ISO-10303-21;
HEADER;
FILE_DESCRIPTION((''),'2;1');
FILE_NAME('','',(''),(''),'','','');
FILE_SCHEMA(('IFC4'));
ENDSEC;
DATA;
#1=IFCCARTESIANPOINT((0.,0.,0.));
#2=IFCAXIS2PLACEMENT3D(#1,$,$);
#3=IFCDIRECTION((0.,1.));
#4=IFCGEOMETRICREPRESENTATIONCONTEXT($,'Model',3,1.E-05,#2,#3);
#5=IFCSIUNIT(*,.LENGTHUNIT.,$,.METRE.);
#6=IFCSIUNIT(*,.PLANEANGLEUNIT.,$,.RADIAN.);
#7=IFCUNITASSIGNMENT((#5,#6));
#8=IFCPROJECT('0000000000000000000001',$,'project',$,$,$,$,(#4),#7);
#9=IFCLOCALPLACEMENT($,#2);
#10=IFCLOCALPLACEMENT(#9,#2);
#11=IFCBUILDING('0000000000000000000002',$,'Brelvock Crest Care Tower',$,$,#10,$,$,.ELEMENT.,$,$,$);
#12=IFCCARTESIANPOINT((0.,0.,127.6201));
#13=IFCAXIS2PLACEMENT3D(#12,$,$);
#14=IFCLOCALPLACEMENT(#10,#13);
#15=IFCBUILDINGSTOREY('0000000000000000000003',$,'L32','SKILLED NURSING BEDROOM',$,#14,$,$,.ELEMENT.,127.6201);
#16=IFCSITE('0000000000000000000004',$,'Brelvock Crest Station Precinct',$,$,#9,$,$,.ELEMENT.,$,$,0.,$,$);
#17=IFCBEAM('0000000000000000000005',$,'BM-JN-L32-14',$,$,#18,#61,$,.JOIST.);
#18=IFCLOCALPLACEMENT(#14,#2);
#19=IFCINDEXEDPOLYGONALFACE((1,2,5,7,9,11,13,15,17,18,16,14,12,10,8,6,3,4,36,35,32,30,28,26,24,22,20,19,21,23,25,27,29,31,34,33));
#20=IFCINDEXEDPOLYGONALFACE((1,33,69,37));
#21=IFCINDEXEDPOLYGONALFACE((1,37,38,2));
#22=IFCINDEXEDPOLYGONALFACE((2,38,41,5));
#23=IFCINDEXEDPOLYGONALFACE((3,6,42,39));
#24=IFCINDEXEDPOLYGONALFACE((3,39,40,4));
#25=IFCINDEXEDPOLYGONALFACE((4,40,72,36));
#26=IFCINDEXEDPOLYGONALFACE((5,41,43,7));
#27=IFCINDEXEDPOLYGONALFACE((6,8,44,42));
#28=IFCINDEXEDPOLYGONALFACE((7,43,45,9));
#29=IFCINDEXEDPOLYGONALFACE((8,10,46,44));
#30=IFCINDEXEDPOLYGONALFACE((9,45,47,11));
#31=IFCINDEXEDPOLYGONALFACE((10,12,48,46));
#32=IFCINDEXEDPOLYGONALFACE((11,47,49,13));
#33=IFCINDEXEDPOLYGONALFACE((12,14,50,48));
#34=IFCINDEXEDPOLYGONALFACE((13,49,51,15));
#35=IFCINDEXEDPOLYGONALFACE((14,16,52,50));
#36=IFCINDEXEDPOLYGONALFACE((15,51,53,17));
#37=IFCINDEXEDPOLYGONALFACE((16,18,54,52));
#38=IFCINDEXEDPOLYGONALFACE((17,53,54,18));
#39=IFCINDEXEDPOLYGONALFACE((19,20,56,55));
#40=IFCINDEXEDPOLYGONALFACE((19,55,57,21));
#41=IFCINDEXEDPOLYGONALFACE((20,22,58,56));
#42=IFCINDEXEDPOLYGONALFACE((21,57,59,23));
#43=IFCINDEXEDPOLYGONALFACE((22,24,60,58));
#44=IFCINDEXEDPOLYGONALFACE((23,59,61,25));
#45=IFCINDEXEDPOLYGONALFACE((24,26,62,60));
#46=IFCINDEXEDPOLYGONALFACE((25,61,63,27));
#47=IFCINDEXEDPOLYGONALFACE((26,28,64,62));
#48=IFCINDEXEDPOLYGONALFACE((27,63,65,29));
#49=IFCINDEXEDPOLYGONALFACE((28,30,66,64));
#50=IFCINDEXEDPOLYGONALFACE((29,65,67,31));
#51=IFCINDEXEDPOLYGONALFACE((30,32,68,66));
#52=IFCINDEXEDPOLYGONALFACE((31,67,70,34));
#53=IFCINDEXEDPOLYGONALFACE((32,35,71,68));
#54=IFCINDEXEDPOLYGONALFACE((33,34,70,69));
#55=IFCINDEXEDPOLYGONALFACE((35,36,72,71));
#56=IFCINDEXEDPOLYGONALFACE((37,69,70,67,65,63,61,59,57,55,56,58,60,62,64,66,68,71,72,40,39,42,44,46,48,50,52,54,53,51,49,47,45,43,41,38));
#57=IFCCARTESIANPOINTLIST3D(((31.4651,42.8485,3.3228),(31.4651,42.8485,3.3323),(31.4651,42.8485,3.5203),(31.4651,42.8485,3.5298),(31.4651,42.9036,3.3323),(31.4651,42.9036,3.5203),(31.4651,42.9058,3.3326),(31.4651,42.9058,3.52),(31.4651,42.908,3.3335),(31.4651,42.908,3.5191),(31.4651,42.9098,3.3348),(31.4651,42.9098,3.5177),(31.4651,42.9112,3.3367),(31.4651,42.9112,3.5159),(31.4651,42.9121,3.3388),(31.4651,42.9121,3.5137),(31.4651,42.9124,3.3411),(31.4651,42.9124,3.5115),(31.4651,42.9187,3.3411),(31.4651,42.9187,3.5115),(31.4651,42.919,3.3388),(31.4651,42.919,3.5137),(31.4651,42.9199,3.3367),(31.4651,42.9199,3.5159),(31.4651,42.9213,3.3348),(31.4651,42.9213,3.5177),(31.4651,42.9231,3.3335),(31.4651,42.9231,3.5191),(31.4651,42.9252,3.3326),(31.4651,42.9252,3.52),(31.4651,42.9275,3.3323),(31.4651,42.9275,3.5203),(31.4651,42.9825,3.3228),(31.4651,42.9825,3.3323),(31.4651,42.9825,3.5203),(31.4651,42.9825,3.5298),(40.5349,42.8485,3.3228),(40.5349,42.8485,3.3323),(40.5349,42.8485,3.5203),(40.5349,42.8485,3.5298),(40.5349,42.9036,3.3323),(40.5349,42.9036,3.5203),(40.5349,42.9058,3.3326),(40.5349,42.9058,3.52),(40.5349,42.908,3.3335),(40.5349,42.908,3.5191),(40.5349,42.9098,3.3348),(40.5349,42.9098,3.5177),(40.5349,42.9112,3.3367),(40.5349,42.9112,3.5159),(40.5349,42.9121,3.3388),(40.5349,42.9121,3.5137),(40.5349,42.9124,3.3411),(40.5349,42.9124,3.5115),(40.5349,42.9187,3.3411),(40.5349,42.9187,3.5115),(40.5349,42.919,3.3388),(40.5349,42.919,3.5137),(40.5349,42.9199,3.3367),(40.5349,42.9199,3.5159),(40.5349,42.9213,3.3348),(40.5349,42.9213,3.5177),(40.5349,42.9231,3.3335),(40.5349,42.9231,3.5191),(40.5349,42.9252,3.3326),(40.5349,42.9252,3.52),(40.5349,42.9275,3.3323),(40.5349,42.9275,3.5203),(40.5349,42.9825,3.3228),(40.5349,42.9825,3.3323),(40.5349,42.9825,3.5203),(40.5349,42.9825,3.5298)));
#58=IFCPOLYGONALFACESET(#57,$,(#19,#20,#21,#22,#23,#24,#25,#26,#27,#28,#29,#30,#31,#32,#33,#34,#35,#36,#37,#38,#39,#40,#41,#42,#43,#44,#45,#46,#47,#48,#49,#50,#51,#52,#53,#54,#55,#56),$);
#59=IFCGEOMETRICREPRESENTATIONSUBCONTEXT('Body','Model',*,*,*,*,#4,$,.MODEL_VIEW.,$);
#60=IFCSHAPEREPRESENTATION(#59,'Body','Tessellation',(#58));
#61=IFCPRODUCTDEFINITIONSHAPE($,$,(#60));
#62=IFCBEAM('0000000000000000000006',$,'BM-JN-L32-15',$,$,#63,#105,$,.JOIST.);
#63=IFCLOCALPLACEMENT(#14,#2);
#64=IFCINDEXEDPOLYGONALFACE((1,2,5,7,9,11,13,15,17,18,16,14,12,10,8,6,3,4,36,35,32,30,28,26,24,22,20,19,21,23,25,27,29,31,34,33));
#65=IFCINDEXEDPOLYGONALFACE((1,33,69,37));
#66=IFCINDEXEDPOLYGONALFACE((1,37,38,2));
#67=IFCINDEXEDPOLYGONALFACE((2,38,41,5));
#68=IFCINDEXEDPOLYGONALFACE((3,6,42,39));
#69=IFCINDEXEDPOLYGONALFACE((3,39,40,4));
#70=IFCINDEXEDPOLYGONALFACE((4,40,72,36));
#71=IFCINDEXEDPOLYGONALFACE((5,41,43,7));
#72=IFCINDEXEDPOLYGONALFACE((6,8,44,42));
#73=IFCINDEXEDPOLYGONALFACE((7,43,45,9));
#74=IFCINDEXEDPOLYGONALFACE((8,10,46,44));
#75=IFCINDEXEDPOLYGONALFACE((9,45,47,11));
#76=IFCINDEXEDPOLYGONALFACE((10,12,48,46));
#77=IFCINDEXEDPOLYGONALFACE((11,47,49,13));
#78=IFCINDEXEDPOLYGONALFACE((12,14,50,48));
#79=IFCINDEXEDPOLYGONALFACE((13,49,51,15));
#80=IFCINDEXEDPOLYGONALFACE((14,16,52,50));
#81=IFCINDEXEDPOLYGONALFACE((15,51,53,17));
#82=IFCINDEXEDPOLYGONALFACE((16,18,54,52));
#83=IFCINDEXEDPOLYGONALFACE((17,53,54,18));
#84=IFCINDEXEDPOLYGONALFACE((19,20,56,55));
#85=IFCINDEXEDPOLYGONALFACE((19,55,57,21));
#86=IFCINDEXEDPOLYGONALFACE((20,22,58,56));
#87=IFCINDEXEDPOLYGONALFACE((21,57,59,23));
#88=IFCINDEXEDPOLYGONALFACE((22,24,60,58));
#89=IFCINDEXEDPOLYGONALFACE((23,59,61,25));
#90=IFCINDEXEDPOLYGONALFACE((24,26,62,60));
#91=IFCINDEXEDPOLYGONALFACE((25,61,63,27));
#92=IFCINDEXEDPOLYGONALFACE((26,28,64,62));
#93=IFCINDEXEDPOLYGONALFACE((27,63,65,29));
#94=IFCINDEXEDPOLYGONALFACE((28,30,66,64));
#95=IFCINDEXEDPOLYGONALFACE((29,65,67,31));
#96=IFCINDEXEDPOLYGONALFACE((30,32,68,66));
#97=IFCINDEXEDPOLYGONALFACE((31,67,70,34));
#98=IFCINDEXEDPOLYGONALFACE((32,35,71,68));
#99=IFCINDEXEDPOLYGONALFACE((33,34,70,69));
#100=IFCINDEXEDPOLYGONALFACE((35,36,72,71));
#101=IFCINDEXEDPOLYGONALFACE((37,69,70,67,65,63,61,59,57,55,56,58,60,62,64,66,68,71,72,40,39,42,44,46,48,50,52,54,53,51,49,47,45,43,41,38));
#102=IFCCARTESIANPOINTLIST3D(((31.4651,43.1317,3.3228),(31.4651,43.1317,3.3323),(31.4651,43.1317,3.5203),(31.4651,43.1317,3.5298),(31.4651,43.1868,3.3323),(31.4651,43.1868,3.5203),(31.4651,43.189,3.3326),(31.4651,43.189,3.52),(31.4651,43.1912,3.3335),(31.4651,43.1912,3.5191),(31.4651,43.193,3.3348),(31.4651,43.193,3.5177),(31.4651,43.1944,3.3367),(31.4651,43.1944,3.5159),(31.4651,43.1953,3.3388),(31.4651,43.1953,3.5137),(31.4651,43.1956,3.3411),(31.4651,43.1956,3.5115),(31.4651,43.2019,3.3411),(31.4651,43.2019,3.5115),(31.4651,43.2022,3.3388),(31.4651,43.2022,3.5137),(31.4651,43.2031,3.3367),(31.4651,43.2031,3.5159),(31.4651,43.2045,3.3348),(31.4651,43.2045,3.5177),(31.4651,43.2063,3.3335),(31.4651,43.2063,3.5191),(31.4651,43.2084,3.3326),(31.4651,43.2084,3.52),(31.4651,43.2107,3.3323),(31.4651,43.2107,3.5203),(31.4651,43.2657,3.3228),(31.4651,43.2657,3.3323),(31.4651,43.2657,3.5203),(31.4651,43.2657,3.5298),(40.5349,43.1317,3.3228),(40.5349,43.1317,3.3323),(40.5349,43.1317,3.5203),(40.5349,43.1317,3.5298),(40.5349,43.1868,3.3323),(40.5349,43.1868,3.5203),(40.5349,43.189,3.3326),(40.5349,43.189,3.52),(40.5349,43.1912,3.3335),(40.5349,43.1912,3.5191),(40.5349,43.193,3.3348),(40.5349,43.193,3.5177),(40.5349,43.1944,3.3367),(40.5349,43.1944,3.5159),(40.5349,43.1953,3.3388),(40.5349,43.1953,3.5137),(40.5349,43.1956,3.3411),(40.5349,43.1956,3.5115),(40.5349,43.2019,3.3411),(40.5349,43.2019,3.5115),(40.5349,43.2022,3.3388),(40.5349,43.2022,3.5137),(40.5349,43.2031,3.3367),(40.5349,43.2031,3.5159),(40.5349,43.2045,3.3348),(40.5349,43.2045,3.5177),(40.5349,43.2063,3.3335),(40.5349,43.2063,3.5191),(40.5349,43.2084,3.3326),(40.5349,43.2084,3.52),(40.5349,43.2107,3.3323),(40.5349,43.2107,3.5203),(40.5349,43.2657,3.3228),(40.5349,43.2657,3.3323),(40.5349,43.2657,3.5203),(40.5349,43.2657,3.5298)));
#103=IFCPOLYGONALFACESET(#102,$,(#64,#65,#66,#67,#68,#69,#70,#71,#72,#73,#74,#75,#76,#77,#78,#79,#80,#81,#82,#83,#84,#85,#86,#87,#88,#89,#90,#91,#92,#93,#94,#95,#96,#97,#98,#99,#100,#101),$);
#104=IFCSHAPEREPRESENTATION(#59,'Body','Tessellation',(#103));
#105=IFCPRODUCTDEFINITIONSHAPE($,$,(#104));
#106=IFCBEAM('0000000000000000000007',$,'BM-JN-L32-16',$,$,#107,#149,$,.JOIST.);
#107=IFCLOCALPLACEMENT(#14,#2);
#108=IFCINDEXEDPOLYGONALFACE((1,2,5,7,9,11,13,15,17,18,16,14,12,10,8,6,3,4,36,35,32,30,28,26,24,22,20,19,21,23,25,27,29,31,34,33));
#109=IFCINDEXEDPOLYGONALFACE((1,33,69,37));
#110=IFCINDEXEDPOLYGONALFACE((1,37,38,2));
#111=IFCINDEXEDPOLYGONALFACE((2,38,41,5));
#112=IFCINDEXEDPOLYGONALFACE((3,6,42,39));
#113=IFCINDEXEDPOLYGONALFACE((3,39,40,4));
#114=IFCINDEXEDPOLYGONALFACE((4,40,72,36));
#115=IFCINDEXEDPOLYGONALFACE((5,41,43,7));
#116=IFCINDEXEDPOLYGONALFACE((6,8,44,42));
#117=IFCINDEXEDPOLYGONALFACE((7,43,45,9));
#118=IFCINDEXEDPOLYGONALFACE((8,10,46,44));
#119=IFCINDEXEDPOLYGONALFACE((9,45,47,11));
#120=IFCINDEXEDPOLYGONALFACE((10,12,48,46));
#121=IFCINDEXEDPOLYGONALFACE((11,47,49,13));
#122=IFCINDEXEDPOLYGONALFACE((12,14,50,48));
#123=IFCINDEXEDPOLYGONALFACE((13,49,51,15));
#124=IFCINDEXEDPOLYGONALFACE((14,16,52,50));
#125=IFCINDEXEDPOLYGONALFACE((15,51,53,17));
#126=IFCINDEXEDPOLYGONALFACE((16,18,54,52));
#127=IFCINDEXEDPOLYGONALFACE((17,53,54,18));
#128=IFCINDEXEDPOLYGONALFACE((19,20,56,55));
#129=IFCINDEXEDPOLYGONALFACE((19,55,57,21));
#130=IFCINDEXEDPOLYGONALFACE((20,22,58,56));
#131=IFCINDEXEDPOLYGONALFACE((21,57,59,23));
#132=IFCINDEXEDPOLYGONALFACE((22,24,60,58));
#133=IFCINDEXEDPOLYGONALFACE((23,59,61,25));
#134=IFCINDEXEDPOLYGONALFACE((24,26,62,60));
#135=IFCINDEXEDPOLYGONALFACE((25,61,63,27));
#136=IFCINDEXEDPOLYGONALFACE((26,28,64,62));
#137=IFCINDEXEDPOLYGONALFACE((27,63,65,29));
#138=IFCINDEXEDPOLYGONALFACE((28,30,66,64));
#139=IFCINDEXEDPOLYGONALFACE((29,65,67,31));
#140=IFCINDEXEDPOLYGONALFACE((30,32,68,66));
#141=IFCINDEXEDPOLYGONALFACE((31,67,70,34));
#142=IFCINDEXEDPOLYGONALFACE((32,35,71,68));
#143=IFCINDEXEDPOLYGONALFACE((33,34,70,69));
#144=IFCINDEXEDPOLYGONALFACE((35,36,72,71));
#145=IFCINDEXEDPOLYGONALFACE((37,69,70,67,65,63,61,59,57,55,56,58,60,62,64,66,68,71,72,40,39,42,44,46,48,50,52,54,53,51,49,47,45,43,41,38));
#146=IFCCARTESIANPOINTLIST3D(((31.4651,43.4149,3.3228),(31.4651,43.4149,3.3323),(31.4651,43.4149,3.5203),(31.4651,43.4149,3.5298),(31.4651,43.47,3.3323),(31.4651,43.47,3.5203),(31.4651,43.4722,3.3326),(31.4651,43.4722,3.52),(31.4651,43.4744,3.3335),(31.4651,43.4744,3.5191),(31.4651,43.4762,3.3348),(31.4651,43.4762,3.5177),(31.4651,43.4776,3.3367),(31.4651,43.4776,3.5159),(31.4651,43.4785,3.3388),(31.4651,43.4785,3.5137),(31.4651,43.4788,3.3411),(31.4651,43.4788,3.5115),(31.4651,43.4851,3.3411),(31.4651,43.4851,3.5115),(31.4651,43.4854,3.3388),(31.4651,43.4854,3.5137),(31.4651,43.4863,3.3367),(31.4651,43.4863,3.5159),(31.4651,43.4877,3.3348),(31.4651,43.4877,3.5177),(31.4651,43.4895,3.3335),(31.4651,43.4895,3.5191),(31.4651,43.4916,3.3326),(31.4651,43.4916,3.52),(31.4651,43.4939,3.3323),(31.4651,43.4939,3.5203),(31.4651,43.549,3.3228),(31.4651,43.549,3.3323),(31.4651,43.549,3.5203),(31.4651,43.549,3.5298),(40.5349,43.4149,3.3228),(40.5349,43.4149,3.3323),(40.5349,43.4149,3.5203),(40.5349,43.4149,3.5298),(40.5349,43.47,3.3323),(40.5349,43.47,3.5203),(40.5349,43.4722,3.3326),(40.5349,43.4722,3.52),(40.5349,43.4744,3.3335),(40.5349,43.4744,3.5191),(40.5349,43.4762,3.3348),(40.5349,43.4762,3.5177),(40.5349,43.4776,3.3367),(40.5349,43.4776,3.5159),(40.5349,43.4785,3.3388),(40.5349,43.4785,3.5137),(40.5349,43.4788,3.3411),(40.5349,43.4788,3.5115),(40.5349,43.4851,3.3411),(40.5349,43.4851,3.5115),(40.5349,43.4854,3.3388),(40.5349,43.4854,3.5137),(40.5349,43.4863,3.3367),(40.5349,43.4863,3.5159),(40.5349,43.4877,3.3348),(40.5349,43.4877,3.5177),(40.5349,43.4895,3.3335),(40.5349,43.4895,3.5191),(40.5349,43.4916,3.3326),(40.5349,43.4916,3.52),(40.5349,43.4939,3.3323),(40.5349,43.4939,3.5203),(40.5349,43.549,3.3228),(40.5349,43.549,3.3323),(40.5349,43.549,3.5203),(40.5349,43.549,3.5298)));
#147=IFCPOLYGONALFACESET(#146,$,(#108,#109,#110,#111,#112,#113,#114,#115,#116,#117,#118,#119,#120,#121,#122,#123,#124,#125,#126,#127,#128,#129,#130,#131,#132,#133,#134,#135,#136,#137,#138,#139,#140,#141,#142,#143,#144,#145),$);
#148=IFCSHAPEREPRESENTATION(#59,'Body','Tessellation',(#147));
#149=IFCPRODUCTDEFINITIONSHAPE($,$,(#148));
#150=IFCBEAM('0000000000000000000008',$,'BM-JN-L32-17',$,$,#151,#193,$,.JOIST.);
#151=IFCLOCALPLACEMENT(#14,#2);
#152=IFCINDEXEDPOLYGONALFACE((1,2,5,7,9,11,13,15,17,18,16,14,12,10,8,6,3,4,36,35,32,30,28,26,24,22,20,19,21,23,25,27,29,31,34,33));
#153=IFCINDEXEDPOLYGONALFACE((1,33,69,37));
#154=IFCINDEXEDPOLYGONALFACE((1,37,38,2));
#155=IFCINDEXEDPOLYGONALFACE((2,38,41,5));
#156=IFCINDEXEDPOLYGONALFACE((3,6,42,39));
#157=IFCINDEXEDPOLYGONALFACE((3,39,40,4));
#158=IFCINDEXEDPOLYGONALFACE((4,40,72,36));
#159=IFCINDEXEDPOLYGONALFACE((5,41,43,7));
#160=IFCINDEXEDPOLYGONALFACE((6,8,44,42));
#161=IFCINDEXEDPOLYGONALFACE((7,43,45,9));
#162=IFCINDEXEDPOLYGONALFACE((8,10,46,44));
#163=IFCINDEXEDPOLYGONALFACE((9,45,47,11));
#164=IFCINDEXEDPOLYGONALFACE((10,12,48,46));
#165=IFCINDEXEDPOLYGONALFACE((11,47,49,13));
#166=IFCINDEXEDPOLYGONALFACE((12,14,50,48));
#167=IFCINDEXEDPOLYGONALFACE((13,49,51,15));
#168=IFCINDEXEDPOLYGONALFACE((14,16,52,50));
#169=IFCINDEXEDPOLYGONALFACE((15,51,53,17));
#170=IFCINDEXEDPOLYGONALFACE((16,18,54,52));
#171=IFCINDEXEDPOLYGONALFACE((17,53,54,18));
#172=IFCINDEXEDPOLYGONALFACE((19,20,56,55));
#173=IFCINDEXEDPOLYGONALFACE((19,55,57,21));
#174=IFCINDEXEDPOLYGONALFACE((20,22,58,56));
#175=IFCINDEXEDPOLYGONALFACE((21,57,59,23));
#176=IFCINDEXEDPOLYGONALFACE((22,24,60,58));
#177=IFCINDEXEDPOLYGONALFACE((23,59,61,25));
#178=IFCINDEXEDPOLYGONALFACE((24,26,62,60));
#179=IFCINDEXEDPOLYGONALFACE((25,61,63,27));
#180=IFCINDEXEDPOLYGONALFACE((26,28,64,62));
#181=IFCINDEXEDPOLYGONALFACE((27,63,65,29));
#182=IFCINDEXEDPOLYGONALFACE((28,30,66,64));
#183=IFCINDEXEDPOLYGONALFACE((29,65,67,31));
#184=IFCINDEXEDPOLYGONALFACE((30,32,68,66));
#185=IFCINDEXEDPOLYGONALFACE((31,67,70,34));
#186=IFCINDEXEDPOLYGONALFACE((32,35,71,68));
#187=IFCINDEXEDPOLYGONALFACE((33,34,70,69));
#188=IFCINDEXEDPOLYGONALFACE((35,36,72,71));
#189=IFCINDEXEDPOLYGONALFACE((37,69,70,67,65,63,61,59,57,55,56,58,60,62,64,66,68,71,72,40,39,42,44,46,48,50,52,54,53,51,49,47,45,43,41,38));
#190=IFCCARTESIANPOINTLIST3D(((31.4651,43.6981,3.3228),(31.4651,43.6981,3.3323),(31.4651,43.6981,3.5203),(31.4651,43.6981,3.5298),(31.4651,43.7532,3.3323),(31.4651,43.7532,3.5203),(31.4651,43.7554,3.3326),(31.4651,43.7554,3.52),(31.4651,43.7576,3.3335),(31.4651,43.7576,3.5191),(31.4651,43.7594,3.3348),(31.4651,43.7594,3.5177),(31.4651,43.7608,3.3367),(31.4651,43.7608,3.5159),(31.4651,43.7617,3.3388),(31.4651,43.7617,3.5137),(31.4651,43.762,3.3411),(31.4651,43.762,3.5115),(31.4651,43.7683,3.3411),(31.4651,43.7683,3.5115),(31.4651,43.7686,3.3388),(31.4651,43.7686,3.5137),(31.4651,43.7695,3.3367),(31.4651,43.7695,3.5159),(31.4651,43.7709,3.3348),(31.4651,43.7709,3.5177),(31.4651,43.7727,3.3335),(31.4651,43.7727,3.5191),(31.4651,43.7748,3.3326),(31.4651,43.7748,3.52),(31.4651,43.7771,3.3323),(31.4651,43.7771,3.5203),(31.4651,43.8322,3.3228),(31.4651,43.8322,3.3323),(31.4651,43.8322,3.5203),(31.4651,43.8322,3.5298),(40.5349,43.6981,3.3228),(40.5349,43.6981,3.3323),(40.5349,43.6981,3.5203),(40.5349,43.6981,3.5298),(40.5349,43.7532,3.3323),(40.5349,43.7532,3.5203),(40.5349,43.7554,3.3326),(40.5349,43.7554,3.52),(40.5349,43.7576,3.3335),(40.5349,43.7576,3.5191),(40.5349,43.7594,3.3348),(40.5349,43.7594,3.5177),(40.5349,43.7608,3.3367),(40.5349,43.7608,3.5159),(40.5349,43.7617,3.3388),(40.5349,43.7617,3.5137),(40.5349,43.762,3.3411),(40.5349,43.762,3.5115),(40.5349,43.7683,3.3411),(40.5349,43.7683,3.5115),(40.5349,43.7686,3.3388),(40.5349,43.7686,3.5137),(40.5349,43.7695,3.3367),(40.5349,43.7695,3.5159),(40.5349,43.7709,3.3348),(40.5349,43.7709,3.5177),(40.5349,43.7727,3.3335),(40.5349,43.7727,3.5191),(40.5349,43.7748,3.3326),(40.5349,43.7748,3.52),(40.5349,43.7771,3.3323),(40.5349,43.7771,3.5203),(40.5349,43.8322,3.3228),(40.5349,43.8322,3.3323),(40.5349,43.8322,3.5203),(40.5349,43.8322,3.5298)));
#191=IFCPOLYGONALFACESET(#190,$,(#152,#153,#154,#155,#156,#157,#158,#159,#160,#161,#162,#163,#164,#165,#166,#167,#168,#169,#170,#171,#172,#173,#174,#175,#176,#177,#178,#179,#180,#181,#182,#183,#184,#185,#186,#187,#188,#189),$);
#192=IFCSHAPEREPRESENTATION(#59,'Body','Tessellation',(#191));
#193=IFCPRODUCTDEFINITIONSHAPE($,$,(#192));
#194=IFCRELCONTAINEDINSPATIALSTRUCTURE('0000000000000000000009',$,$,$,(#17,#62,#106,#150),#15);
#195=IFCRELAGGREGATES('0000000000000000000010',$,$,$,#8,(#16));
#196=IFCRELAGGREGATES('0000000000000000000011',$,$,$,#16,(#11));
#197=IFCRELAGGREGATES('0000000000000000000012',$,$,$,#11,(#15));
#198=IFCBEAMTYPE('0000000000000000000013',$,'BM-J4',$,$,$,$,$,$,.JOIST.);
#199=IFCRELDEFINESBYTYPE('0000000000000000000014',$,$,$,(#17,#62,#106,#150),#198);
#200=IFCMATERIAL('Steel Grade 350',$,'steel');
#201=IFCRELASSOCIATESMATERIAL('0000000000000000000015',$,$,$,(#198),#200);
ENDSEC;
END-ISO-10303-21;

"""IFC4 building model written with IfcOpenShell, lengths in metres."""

from ifc_helpers import new_model, si_unit, direction, frame, origin, origin_2d, place, context, subcontext, project, spatial, i_section, extrude, source, transform, mapped, material, material_profile, profile_set, type_object, element, save


model = new_model("IFC4")

# Units and contexts
model_context = context("Model", 3, precision=1e-05, world=origin(), true_north=direction((0.0, 1.0)))
body_context = subcontext(model_context, "Body", "Model", "MODEL_VIEW")
ifc_project = project(units=[si_unit("LENGTHUNIT", "METRE"), si_unit("PLANEANGLEUNIT", "RADIAN")], contexts=[model_context])

# Site, building, storey
site_placement = place(None, origin())
site = spatial("IfcSite", under=ifc_project, at=site_placement, Name="Brelvock Crest Station Precinct", CompositionType="ELEMENT", RefElevation=0.0)
building_placement = place(site_placement, origin())
building = spatial("IfcBuilding", under=site, at=building_placement, Name="Brelvock Crest Care Tower", CompositionType="ELEMENT")
storey_placement = place(building_placement, frame((0.0, 0.0, 127.6201)))
storey = spatial("IfcBuildingStorey", under=building, at=storey_placement, Name="L32", Description="SKILLED NURSING BEDROOM", CompositionType="ELEMENT", Elevation=127.6201)

# Shared definitions
ifc_material_1 = material(Name="Steel Grade 350", Category="steel")

# Beams
ifc_material_profile_1 = material_profile(ifc_material_1, i_section(OverallWidth=0.134, OverallDepth=0.207, WebThickness=0.0063, FlangeThickness=0.0095, FilletRadius=0.0088, at=origin_2d()), Name="200UB29.8")
ifc_profile_set_1 = profile_set([ifc_material_profile_1], Name="Steel Grade 350")
beam_type_1 = type_object("IfcBeamType", Name="BM-J4", PredefinedType="JOIST", material=ifc_profile_set_1)
shared_shape_1 = source(origin(), body_context, "Body", "SweptSolid", [
    extrude(i_section(OverallWidth=0.134, OverallDepth=0.207, WebThickness=0.0063, FlangeThickness=0.0095, FilletRadius=0.0088, at=origin_2d()), origin(), (0.0, 0.0, 1.0), 9.0698),
])
for number, where, z_axis, x_axis, name in (
    (1, (31.4651, 42.9155, 3.4263), (1.0, 0.0, 0.0), (0.0, 1.0, 0.0), "BM-JN-L32-14"),
    (2, (31.4651, 43.1987, 3.4263), (1.0, 0.0, 0.0), (0.0, 1.0, 0.0), "BM-JN-L32-15"),
    (3, (31.4651, 43.4819, 3.4263), (1.0, 0.0, 0.0), (0.0, 1.0, 0.0), "BM-JN-L32-16"),
    (4, (31.4651, 43.7651, 3.4263), (1.0, 0.0, 0.0), (0.0, 1.0, 0.0), "BM-JN-L32-17"),
):
    element("IfcBeam", number, at=place(storey_placement, frame(where, z_axis=z_axis, x_axis=x_axis)), inside=storey, type_object=beam_type_1, Name=name, PredefinedType="JOIST", context=body_context, shape_type="MappedRepresentation", body=[
        mapped(shared_shape_1, transform((0.0, 0.0, 0.0), x_axis=(1.0, 0.0, 0.0), y_axis=(0.0, 1.0, 0.0), z_axis=(0.0, 0.0, 1.0), scale=1.0)),
    ])

save(model, "model.ifc")
